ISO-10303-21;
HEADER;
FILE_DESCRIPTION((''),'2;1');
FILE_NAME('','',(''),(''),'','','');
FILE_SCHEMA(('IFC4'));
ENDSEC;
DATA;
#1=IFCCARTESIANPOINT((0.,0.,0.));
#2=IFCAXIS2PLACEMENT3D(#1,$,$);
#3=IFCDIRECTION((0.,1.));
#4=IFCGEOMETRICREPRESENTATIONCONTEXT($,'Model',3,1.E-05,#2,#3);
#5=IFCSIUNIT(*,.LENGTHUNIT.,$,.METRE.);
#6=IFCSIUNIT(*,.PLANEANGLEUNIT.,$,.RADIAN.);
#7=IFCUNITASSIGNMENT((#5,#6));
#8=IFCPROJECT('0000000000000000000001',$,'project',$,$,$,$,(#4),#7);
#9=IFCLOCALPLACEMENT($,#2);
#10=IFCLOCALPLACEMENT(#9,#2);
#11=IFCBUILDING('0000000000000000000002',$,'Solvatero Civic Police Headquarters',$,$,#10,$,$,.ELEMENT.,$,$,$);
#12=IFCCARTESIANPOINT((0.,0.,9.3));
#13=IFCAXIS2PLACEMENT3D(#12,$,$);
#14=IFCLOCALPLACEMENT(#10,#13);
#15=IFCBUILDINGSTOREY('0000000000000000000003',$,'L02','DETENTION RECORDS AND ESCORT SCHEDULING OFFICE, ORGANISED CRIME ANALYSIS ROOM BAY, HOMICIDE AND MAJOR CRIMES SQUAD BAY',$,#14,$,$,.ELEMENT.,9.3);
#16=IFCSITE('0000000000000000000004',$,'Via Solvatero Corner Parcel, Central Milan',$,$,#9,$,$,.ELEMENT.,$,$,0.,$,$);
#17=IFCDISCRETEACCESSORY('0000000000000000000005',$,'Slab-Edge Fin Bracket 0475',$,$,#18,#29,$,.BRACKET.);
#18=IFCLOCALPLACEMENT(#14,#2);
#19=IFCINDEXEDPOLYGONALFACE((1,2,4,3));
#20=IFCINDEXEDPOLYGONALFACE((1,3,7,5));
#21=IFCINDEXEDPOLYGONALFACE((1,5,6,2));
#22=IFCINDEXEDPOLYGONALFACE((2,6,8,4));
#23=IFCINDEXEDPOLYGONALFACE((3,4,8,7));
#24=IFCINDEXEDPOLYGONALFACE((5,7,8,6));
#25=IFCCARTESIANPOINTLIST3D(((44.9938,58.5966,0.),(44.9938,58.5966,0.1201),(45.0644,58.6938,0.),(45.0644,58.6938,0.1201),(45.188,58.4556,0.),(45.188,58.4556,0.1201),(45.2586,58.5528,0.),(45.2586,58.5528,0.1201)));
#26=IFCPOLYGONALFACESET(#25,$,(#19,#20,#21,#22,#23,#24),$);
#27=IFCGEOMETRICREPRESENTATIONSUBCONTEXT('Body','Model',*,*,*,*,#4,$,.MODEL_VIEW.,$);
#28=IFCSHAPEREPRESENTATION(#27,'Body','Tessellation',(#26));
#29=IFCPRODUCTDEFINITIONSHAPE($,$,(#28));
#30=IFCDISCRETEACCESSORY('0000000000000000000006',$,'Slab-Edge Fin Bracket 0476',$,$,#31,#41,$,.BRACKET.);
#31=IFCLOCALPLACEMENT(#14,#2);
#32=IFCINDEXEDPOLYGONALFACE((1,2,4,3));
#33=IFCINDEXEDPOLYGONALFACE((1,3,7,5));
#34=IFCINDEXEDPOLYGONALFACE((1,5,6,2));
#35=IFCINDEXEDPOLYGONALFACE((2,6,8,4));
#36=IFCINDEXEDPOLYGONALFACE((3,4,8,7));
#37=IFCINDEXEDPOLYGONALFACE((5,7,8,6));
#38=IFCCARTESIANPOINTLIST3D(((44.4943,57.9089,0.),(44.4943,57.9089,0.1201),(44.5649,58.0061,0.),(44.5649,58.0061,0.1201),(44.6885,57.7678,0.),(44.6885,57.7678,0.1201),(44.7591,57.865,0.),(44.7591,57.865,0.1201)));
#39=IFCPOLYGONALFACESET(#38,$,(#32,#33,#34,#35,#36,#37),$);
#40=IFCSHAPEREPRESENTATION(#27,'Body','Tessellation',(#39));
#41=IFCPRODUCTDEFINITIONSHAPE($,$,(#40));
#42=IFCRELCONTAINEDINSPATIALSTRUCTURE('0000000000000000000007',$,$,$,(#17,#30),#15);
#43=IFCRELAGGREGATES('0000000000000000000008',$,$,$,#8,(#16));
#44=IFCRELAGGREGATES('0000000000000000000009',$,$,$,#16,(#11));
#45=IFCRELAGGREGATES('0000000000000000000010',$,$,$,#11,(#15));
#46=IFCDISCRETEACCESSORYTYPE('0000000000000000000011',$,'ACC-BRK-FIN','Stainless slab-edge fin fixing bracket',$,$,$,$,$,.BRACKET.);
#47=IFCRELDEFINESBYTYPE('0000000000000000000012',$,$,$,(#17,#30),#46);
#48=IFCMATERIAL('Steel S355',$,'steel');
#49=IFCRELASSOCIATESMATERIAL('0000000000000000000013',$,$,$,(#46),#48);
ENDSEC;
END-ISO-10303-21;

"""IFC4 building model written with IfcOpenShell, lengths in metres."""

from ifc_helpers import new_model, si_unit, direction, frame, origin, origin_2d, place, context, subcontext, project, spatial, rectangle, extrude, material, type_object, element, save


model = new_model("IFC4")

# Units and contexts
model_context = context("Model", 3, precision=1e-05, world=origin(), true_north=direction((0.0, 1.0)))
body_context = subcontext(model_context, "Body", "Model", "MODEL_VIEW")
ifc_project = project(units=[si_unit("LENGTHUNIT", "METRE"), si_unit("PLANEANGLEUNIT", "RADIAN")], contexts=[model_context])

# Site, building, storey
site_placement = place(None, origin())
site = spatial("IfcSite", under=ifc_project, at=site_placement, Name="Via Solvatero Corner Parcel, Central Milan", CompositionType="ELEMENT", RefElevation=0.0)
building_placement = place(site_placement, origin())
building = spatial("IfcBuilding", under=site, at=building_placement, Name="Solvatero Civic Police Headquarters", CompositionType="ELEMENT")
storey_placement = place(building_placement, frame((0.0, 0.0, 9.3)))
storey = spatial("IfcBuildingStorey", under=building, at=storey_placement, Name="L02", Description="DETENTION RECORDS AND ESCORT SCHEDULING OFFICE, ORGANISED CRIME ANALYSIS ROOM BAY, HOMICIDE AND MAJOR CRIMES SQUAD BAY", CompositionType="ELEMENT", Elevation=9.3)

# Shared definitions
ifc_material_1 = material(Name="Steel S355", Category="steel")

# Discrete accessories
discrete_accessory_type = type_object("IfcDiscreteAccessoryType", Name="ACC-BRK-FIN", Description="Stainless slab-edge fin fixing bracket", PredefinedType="BRACKET", material=ifc_material_1)
for number, where, z_axis, x_axis, name in (
    (1, (45.1262, 58.5747, 0.0), (0.0, 0.0, 1.0), (-0.587771, -0.809027, 0.0), "Slab-Edge Fin Bracket 0475"),
    (2, (44.6267, 57.887, 0.0), (0.0, 0.0, 1.0), (-0.587771, -0.809027, 0.0), "Slab-Edge Fin Bracket 0476"),
):
    element("IfcDiscreteAccessory", number, at=place(storey_placement, frame(where, z_axis=z_axis, x_axis=x_axis)), inside=storey, type_object=discrete_accessory_type, Name=name, PredefinedType="BRACKET", context=body_context, shape_type="SweptSolid", body=[
        extrude(rectangle(XDim=0.1201, YDim=0.24, at=origin_2d()), origin(), (0.0, 0.0, 1.0), 0.1201),
    ])

save(model, "model.ifc")
